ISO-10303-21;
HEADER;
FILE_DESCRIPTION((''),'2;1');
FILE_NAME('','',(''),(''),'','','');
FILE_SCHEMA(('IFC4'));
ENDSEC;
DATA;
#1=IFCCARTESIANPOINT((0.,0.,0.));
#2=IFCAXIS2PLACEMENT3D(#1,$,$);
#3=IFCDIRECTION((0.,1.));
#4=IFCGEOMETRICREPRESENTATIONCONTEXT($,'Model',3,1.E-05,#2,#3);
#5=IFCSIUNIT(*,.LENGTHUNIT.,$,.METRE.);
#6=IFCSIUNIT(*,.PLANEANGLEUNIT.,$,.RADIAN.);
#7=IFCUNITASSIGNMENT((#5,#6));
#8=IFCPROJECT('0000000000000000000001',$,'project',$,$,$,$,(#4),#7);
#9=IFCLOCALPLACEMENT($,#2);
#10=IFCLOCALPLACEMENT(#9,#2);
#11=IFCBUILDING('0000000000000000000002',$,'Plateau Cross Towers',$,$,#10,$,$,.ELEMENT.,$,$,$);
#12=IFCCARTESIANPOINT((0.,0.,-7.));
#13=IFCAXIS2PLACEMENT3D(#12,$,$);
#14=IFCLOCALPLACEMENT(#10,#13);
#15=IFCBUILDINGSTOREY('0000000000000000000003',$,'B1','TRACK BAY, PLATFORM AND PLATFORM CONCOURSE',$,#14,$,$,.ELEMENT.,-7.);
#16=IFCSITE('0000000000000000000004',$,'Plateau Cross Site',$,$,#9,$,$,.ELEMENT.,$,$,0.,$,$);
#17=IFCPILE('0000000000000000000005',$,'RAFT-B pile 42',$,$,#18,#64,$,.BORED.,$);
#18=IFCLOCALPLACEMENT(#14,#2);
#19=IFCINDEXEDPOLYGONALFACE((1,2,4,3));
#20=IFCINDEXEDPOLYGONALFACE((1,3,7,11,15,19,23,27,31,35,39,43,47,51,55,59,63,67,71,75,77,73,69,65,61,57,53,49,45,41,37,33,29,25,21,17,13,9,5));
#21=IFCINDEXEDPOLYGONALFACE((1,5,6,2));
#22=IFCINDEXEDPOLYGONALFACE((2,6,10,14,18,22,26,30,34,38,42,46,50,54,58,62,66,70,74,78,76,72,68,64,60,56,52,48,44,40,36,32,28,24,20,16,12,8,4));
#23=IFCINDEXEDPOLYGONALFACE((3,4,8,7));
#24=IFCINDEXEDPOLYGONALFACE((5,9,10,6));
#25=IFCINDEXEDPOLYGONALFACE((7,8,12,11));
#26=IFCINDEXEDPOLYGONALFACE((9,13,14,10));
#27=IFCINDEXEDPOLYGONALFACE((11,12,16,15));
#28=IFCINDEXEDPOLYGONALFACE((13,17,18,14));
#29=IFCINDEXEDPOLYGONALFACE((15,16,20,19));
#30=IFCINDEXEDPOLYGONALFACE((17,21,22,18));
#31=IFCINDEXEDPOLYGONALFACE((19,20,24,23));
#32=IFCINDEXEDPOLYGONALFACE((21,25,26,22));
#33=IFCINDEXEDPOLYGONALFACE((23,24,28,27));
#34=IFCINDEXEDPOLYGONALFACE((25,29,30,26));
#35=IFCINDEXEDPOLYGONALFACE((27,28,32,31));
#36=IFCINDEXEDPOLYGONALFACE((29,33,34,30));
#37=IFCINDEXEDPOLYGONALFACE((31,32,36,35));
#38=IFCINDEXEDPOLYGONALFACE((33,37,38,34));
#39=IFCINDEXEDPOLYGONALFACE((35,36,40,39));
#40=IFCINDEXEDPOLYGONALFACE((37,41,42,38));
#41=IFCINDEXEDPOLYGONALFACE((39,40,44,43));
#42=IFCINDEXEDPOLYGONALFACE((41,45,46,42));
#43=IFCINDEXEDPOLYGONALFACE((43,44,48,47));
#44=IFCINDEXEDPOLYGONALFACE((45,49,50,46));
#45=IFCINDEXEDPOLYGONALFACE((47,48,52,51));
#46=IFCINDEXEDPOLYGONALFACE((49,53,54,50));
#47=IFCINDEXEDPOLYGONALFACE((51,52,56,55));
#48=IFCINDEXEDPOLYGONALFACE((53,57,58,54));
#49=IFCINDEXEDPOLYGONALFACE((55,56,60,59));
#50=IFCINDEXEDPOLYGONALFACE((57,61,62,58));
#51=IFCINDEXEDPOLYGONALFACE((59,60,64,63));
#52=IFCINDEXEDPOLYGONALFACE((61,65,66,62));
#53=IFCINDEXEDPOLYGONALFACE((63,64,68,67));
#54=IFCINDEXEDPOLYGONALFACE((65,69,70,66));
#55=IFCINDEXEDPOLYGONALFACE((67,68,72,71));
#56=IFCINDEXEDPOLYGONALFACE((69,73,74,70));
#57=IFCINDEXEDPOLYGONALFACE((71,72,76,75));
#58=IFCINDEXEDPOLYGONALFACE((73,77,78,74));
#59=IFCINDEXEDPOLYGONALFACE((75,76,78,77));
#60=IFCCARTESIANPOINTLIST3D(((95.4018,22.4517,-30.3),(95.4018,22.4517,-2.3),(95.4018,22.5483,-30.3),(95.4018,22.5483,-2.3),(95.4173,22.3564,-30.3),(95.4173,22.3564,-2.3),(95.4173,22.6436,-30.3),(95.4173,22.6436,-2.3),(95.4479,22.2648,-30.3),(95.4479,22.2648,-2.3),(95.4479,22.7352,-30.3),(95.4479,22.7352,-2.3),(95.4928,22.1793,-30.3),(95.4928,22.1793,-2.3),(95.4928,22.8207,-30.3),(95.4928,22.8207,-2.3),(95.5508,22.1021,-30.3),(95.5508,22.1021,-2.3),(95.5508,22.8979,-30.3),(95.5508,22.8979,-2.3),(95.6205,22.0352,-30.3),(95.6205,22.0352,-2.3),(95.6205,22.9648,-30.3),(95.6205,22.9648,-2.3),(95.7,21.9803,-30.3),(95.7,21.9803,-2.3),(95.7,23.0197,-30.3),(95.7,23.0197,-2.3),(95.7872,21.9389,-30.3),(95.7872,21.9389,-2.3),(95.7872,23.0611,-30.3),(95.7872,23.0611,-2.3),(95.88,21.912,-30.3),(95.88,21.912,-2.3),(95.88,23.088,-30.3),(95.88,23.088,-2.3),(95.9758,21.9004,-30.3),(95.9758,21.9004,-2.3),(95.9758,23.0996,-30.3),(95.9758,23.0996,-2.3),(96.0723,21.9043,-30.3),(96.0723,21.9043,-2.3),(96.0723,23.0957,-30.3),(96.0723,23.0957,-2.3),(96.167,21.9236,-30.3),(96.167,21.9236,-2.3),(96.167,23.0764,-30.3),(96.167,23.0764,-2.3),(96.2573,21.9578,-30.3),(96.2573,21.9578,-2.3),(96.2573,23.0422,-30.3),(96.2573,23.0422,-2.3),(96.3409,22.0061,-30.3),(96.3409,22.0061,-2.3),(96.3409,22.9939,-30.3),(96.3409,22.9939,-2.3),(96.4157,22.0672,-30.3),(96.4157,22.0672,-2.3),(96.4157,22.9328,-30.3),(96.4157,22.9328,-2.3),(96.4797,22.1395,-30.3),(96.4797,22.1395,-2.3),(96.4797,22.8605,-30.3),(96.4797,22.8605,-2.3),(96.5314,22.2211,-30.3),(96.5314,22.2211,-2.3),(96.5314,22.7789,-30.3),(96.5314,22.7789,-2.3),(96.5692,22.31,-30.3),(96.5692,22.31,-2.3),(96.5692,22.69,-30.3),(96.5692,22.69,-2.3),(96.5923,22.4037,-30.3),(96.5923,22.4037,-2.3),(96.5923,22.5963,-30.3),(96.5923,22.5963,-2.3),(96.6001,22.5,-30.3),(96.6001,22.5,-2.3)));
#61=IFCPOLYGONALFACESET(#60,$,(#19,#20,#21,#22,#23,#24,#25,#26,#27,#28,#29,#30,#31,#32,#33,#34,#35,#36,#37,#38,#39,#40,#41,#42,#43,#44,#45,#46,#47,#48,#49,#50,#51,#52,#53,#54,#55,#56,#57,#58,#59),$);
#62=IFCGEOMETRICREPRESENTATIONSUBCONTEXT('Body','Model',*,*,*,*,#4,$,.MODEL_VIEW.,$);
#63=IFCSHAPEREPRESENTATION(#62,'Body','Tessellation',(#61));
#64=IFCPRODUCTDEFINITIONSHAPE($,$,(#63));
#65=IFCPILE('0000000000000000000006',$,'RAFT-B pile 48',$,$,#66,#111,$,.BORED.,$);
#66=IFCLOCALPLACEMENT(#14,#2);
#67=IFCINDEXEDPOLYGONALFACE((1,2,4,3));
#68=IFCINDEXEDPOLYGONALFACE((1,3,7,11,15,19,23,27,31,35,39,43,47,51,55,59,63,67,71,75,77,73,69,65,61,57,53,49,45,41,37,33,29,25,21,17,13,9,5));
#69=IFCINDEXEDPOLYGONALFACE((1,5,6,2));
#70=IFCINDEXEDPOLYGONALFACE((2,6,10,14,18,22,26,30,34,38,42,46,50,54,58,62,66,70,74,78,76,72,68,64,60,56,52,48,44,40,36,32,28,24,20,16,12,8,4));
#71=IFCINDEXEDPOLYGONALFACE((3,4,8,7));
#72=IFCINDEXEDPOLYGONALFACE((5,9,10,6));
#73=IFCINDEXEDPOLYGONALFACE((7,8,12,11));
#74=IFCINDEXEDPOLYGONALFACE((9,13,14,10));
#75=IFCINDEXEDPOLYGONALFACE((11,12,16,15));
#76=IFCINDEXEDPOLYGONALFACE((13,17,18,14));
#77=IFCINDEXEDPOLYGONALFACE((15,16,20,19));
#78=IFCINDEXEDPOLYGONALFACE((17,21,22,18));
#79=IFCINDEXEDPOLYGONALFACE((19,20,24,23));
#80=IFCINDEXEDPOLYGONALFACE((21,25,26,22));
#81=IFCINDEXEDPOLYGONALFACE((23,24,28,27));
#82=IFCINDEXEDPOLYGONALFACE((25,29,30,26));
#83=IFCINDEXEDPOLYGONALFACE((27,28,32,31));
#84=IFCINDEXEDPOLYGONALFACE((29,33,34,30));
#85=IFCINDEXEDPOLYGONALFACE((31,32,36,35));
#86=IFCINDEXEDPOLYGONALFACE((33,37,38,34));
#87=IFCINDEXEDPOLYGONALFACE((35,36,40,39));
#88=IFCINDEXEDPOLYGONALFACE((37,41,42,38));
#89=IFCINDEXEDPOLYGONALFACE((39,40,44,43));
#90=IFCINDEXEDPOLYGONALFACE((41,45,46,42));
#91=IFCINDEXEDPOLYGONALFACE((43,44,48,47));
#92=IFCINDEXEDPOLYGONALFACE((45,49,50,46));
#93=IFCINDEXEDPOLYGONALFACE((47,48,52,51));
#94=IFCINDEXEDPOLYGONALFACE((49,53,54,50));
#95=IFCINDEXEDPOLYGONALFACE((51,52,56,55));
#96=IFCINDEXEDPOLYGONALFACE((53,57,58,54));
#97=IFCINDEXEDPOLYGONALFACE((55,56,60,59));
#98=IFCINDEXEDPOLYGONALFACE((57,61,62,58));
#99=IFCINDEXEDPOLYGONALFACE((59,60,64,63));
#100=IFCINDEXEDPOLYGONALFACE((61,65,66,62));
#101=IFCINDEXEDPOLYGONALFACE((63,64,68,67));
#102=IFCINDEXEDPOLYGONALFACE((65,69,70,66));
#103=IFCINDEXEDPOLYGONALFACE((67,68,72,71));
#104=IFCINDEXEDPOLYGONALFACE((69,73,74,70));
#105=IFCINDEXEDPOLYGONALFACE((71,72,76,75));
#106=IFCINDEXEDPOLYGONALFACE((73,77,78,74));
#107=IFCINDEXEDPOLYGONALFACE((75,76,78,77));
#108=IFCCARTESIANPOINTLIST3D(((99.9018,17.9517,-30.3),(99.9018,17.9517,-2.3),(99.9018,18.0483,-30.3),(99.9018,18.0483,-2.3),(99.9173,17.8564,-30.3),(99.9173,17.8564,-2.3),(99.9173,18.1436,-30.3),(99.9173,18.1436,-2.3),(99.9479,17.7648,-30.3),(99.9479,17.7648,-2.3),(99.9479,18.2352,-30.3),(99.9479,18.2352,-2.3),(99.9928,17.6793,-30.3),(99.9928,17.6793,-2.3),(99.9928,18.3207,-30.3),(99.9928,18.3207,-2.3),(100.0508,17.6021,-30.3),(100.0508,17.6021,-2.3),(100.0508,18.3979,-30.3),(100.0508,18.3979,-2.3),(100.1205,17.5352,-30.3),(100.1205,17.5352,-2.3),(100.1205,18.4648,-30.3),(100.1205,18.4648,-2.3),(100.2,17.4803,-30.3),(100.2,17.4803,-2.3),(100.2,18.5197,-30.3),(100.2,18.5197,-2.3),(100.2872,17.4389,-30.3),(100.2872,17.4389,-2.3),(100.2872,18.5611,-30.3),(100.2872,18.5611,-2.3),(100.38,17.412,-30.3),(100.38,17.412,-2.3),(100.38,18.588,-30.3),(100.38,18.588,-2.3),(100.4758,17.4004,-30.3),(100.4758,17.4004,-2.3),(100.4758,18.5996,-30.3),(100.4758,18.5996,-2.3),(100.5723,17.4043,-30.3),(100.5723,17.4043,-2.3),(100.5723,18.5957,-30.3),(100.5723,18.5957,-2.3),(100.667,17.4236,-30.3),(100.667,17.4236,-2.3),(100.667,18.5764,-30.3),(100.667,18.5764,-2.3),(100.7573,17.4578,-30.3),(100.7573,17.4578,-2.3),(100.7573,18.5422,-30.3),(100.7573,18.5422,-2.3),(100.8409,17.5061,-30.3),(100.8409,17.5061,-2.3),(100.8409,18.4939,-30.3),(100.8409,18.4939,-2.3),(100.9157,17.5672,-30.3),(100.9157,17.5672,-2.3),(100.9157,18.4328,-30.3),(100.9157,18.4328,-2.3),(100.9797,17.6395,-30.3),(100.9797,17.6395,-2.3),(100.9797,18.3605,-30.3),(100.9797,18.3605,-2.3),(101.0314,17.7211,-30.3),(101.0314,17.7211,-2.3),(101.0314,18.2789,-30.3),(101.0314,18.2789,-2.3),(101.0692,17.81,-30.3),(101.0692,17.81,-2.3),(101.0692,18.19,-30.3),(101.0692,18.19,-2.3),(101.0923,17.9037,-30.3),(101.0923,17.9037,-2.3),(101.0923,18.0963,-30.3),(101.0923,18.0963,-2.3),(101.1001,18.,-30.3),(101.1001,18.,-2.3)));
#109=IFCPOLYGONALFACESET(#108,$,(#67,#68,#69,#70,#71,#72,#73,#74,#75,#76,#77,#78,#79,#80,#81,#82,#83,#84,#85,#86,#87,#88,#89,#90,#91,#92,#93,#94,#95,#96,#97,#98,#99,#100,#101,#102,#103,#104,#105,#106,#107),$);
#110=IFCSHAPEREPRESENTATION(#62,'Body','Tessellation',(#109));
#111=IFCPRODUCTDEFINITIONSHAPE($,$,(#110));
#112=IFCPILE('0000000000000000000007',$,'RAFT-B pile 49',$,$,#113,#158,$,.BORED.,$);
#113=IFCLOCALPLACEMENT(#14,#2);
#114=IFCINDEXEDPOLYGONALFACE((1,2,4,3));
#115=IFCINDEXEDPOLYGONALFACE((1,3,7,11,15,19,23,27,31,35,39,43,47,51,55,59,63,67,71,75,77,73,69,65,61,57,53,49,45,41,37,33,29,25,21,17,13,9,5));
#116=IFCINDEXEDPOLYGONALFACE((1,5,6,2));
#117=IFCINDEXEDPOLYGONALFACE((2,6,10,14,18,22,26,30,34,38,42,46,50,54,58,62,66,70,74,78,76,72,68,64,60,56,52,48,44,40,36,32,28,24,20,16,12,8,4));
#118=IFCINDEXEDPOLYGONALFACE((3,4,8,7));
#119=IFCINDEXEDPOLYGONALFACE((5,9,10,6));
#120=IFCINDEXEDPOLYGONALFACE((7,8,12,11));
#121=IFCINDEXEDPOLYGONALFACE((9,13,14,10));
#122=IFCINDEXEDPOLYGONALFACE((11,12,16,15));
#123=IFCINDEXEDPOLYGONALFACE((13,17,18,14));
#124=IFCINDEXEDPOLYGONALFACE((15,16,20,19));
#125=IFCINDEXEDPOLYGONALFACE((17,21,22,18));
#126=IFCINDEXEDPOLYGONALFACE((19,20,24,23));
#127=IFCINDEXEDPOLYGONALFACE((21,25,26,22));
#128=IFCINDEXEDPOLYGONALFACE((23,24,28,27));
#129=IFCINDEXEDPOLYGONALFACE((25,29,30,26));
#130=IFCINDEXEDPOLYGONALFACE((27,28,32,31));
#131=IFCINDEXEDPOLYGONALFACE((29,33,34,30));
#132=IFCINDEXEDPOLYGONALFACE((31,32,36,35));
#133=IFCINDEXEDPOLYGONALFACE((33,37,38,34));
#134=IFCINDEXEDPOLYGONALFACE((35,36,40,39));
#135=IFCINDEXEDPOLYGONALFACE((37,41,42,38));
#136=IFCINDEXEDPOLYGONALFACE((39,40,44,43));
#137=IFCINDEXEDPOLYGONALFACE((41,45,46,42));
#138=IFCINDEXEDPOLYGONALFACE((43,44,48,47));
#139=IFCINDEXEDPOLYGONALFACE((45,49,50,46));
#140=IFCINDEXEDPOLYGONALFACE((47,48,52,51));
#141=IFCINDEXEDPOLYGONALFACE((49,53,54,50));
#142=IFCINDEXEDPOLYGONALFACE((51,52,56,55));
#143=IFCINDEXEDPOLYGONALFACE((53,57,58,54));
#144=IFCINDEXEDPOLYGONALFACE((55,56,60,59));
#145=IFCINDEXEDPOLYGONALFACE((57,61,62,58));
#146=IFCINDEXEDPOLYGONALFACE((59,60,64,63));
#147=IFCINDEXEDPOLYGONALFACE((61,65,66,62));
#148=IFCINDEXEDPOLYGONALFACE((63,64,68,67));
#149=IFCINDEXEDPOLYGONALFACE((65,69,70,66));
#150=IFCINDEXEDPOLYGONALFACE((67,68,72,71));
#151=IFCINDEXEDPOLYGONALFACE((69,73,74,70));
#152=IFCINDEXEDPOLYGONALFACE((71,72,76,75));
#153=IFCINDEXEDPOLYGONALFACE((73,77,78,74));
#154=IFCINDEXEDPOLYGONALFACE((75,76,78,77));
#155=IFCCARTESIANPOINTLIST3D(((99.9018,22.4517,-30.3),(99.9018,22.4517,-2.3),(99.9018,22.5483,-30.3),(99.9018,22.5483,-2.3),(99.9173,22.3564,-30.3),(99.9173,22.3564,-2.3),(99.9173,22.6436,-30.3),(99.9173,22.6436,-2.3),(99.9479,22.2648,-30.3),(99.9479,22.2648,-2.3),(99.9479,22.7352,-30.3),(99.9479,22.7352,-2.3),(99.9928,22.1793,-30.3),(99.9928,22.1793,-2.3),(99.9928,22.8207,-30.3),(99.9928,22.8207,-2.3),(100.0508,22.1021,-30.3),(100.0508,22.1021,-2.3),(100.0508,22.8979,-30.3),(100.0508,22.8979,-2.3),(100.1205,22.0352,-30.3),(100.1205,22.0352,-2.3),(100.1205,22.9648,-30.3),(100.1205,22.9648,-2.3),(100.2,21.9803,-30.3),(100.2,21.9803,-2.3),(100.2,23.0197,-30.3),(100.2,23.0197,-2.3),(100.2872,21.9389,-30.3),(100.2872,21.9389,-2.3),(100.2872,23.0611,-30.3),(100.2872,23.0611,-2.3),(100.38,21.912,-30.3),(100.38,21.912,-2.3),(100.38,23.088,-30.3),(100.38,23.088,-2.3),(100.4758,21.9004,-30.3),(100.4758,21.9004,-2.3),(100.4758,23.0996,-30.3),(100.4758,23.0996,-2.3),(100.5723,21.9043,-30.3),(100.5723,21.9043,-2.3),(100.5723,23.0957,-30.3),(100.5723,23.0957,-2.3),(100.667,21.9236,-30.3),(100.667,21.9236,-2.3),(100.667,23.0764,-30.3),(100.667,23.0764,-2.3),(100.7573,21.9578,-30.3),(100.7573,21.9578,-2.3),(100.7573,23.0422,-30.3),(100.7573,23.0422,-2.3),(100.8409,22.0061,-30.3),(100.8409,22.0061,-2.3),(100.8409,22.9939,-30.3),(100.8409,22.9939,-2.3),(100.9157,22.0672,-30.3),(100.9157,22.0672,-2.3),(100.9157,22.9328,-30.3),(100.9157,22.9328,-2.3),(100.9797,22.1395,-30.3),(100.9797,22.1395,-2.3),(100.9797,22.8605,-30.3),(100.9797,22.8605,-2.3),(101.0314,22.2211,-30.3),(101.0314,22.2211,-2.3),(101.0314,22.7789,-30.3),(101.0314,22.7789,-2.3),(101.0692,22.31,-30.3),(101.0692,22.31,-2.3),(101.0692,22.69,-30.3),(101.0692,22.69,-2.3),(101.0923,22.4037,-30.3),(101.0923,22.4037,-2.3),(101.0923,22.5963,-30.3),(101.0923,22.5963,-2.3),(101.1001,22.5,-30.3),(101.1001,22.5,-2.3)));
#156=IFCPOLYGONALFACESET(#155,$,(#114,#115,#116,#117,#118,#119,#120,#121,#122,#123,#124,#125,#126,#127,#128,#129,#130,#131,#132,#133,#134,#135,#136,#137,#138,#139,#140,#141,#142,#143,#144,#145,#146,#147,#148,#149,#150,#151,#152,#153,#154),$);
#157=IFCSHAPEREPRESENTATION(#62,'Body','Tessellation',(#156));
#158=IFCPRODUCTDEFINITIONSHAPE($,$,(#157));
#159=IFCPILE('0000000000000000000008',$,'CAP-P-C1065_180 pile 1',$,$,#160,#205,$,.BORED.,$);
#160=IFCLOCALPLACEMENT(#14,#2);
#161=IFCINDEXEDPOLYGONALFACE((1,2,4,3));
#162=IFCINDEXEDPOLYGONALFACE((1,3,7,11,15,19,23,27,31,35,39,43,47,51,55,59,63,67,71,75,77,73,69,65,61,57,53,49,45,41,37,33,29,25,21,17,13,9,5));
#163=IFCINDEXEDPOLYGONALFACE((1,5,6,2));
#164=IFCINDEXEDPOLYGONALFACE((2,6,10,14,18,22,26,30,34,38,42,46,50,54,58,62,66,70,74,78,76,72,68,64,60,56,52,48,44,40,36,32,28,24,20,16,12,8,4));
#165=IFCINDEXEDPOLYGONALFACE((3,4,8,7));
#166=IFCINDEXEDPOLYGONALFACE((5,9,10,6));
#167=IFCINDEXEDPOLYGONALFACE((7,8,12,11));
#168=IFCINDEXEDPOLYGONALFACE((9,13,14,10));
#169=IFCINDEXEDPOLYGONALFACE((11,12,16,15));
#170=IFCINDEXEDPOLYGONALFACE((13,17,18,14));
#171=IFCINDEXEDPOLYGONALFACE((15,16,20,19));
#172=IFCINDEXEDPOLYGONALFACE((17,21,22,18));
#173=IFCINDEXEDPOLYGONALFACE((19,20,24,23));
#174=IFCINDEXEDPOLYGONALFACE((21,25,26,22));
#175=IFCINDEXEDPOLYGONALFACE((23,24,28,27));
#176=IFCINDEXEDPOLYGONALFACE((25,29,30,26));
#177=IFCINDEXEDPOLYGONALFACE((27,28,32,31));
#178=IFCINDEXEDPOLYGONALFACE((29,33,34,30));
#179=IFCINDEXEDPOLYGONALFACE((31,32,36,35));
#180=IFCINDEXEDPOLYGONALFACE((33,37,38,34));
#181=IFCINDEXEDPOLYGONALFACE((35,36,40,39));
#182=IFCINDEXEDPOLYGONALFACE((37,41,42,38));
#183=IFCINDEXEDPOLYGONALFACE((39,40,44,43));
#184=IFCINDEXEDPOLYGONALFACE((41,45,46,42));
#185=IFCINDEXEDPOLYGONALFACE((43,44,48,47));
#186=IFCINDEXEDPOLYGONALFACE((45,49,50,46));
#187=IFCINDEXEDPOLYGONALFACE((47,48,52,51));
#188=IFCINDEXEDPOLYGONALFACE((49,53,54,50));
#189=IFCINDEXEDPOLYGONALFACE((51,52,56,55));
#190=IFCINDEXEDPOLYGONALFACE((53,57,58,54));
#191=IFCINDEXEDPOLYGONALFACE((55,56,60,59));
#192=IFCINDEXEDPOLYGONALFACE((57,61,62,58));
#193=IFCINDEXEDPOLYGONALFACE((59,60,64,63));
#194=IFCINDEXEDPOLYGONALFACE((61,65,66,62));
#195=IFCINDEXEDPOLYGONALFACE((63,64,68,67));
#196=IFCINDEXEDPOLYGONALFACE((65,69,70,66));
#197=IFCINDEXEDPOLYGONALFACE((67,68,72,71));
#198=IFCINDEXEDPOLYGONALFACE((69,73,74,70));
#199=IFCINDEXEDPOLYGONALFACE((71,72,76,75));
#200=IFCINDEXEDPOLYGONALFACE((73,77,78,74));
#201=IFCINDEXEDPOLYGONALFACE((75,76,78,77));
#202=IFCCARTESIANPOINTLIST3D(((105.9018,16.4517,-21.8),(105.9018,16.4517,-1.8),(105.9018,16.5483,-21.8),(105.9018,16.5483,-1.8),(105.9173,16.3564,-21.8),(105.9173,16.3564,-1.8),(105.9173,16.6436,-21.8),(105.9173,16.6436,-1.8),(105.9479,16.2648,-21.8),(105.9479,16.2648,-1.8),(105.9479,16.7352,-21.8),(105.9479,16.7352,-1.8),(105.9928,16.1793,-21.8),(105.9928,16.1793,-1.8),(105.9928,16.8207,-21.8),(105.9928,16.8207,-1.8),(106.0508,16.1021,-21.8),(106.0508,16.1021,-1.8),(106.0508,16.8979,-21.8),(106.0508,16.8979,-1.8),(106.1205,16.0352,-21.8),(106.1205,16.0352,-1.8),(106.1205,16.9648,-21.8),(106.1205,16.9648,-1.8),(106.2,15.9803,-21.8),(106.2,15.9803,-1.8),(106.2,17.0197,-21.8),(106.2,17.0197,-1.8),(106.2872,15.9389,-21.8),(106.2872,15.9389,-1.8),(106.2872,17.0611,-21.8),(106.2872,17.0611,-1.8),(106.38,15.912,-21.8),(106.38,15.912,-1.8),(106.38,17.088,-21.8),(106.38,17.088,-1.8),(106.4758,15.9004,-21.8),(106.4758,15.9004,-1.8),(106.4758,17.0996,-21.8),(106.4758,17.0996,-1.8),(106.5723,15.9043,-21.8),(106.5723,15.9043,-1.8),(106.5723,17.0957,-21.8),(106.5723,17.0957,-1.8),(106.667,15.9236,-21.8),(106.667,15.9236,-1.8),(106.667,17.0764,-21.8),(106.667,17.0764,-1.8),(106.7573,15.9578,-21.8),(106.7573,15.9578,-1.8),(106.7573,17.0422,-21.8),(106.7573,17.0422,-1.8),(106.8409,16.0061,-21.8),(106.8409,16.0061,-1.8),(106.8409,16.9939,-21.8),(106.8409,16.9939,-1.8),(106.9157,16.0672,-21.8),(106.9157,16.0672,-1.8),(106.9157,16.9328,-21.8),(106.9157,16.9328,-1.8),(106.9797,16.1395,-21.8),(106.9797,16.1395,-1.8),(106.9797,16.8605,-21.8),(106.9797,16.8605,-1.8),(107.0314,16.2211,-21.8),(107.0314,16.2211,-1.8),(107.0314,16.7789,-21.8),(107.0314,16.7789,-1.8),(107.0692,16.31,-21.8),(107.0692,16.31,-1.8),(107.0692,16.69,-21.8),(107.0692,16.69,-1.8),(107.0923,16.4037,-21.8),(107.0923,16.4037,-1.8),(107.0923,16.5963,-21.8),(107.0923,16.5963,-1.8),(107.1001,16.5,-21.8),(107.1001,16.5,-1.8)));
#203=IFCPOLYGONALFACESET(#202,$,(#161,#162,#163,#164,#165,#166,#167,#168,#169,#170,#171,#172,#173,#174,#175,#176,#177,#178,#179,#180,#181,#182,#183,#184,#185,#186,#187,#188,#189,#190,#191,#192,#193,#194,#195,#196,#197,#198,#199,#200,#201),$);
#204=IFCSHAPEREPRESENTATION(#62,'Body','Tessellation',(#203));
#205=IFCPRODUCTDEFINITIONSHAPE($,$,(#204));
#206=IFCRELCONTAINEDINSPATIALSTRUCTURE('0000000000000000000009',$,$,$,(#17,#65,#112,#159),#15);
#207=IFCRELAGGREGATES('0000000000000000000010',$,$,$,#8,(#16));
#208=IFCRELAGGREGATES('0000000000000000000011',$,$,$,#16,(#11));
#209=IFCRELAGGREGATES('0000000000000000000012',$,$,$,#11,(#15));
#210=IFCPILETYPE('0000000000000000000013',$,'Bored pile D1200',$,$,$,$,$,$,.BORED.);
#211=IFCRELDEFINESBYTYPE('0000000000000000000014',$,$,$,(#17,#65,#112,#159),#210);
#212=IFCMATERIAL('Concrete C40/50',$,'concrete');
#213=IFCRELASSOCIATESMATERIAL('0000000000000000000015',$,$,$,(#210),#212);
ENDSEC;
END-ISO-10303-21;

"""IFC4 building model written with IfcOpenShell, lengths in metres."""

from ifc_helpers import new_model, si_unit, direction, frame, origin, origin_2d, place, context, subcontext, project, spatial, circle, extrude, material, material_profile, profile_set, type_object, element, save


model = new_model("IFC4")

# Units and contexts
model_context = context("Model", 3, precision=1e-05, world=origin(), true_north=direction((0.0, 1.0)))
body_context = subcontext(model_context, "Body", "Model", "MODEL_VIEW")
ifc_project = project(units=[si_unit("LENGTHUNIT", "METRE"), si_unit("PLANEANGLEUNIT", "RADIAN")], contexts=[model_context])

# Site, building, storey
site_placement = place(None, origin())
site = spatial("IfcSite", under=ifc_project, at=site_placement, Name="Plateau Cross Site", CompositionType="ELEMENT", RefElevation=0.0)
building_placement = place(site_placement, origin())
building = spatial("IfcBuilding", under=site, at=building_placement, Name="Plateau Cross Towers", CompositionType="ELEMENT")
storey_placement = place(building_placement, frame((0.0, 0.0, -7.0)))
storey = spatial("IfcBuildingStorey", under=building, at=storey_placement, Name="B1", Description="TRACK BAY, PLATFORM AND PLATFORM CONCOURSE", CompositionType="ELEMENT", Elevation=-7.0)

# Piles
ifc_material_1 = material(Name="Concrete C40/50", Category="concrete")
ifc_material_profile_1 = material_profile(ifc_material_1, circle(Radius=0.6001, at=origin_2d()), Name="Bored pile D1200")
ifc_profile_set_1 = profile_set([ifc_material_profile_1], Name="Concrete C40/50")
pile_type = type_object("IfcPileType", Name="Bored pile D1200", PredefinedType="BORED", material=ifc_profile_set_1)
for number, where, z_axis, x_axis, name in (
    (1, (96.0, 22.5, -2.3), (0.0, 0.0, -1.0), (1.0, 0.0, 0.0), "RAFT-B pile 42"),
    (2, (100.5, 18.0, -2.3), (0.0, 0.0, -1.0), (1.0, 0.0, 0.0), "RAFT-B pile 48"),
    (3, (100.5, 22.5, -2.3), (0.0, 0.0, -1.0), (1.0, 0.0, 0.0), "RAFT-B pile 49"),
):
    element("IfcPile", number, at=place(storey_placement, frame(where, z_axis=z_axis, x_axis=x_axis)), inside=storey, type_object=pile_type, Name=name, PredefinedType="BORED", context=body_context, shape_type="SweptSolid", body=[
        extrude(circle(Radius=0.6001, at=origin_2d()), origin(), (0.0, 0.0, 1.0), 28.0),
    ])
for number, where, z_axis, x_axis, name in (
    (4, (106.5, 16.5, -1.8), (0.0, 0.0, -1.0), (1.0, 0.0, 0.0), "CAP-P-C1065_180 pile 1"),
):
    element("IfcPile", number, at=place(storey_placement, frame(where, z_axis=z_axis, x_axis=x_axis)), inside=storey, type_object=pile_type, Name=name, PredefinedType="BORED", context=body_context, shape_type="SweptSolid", body=[
        extrude(circle(Radius=0.6001, at=origin_2d()), origin(), (0.0, 0.0, 1.0), 20.0),
    ])

save(model, "model.ifc")
